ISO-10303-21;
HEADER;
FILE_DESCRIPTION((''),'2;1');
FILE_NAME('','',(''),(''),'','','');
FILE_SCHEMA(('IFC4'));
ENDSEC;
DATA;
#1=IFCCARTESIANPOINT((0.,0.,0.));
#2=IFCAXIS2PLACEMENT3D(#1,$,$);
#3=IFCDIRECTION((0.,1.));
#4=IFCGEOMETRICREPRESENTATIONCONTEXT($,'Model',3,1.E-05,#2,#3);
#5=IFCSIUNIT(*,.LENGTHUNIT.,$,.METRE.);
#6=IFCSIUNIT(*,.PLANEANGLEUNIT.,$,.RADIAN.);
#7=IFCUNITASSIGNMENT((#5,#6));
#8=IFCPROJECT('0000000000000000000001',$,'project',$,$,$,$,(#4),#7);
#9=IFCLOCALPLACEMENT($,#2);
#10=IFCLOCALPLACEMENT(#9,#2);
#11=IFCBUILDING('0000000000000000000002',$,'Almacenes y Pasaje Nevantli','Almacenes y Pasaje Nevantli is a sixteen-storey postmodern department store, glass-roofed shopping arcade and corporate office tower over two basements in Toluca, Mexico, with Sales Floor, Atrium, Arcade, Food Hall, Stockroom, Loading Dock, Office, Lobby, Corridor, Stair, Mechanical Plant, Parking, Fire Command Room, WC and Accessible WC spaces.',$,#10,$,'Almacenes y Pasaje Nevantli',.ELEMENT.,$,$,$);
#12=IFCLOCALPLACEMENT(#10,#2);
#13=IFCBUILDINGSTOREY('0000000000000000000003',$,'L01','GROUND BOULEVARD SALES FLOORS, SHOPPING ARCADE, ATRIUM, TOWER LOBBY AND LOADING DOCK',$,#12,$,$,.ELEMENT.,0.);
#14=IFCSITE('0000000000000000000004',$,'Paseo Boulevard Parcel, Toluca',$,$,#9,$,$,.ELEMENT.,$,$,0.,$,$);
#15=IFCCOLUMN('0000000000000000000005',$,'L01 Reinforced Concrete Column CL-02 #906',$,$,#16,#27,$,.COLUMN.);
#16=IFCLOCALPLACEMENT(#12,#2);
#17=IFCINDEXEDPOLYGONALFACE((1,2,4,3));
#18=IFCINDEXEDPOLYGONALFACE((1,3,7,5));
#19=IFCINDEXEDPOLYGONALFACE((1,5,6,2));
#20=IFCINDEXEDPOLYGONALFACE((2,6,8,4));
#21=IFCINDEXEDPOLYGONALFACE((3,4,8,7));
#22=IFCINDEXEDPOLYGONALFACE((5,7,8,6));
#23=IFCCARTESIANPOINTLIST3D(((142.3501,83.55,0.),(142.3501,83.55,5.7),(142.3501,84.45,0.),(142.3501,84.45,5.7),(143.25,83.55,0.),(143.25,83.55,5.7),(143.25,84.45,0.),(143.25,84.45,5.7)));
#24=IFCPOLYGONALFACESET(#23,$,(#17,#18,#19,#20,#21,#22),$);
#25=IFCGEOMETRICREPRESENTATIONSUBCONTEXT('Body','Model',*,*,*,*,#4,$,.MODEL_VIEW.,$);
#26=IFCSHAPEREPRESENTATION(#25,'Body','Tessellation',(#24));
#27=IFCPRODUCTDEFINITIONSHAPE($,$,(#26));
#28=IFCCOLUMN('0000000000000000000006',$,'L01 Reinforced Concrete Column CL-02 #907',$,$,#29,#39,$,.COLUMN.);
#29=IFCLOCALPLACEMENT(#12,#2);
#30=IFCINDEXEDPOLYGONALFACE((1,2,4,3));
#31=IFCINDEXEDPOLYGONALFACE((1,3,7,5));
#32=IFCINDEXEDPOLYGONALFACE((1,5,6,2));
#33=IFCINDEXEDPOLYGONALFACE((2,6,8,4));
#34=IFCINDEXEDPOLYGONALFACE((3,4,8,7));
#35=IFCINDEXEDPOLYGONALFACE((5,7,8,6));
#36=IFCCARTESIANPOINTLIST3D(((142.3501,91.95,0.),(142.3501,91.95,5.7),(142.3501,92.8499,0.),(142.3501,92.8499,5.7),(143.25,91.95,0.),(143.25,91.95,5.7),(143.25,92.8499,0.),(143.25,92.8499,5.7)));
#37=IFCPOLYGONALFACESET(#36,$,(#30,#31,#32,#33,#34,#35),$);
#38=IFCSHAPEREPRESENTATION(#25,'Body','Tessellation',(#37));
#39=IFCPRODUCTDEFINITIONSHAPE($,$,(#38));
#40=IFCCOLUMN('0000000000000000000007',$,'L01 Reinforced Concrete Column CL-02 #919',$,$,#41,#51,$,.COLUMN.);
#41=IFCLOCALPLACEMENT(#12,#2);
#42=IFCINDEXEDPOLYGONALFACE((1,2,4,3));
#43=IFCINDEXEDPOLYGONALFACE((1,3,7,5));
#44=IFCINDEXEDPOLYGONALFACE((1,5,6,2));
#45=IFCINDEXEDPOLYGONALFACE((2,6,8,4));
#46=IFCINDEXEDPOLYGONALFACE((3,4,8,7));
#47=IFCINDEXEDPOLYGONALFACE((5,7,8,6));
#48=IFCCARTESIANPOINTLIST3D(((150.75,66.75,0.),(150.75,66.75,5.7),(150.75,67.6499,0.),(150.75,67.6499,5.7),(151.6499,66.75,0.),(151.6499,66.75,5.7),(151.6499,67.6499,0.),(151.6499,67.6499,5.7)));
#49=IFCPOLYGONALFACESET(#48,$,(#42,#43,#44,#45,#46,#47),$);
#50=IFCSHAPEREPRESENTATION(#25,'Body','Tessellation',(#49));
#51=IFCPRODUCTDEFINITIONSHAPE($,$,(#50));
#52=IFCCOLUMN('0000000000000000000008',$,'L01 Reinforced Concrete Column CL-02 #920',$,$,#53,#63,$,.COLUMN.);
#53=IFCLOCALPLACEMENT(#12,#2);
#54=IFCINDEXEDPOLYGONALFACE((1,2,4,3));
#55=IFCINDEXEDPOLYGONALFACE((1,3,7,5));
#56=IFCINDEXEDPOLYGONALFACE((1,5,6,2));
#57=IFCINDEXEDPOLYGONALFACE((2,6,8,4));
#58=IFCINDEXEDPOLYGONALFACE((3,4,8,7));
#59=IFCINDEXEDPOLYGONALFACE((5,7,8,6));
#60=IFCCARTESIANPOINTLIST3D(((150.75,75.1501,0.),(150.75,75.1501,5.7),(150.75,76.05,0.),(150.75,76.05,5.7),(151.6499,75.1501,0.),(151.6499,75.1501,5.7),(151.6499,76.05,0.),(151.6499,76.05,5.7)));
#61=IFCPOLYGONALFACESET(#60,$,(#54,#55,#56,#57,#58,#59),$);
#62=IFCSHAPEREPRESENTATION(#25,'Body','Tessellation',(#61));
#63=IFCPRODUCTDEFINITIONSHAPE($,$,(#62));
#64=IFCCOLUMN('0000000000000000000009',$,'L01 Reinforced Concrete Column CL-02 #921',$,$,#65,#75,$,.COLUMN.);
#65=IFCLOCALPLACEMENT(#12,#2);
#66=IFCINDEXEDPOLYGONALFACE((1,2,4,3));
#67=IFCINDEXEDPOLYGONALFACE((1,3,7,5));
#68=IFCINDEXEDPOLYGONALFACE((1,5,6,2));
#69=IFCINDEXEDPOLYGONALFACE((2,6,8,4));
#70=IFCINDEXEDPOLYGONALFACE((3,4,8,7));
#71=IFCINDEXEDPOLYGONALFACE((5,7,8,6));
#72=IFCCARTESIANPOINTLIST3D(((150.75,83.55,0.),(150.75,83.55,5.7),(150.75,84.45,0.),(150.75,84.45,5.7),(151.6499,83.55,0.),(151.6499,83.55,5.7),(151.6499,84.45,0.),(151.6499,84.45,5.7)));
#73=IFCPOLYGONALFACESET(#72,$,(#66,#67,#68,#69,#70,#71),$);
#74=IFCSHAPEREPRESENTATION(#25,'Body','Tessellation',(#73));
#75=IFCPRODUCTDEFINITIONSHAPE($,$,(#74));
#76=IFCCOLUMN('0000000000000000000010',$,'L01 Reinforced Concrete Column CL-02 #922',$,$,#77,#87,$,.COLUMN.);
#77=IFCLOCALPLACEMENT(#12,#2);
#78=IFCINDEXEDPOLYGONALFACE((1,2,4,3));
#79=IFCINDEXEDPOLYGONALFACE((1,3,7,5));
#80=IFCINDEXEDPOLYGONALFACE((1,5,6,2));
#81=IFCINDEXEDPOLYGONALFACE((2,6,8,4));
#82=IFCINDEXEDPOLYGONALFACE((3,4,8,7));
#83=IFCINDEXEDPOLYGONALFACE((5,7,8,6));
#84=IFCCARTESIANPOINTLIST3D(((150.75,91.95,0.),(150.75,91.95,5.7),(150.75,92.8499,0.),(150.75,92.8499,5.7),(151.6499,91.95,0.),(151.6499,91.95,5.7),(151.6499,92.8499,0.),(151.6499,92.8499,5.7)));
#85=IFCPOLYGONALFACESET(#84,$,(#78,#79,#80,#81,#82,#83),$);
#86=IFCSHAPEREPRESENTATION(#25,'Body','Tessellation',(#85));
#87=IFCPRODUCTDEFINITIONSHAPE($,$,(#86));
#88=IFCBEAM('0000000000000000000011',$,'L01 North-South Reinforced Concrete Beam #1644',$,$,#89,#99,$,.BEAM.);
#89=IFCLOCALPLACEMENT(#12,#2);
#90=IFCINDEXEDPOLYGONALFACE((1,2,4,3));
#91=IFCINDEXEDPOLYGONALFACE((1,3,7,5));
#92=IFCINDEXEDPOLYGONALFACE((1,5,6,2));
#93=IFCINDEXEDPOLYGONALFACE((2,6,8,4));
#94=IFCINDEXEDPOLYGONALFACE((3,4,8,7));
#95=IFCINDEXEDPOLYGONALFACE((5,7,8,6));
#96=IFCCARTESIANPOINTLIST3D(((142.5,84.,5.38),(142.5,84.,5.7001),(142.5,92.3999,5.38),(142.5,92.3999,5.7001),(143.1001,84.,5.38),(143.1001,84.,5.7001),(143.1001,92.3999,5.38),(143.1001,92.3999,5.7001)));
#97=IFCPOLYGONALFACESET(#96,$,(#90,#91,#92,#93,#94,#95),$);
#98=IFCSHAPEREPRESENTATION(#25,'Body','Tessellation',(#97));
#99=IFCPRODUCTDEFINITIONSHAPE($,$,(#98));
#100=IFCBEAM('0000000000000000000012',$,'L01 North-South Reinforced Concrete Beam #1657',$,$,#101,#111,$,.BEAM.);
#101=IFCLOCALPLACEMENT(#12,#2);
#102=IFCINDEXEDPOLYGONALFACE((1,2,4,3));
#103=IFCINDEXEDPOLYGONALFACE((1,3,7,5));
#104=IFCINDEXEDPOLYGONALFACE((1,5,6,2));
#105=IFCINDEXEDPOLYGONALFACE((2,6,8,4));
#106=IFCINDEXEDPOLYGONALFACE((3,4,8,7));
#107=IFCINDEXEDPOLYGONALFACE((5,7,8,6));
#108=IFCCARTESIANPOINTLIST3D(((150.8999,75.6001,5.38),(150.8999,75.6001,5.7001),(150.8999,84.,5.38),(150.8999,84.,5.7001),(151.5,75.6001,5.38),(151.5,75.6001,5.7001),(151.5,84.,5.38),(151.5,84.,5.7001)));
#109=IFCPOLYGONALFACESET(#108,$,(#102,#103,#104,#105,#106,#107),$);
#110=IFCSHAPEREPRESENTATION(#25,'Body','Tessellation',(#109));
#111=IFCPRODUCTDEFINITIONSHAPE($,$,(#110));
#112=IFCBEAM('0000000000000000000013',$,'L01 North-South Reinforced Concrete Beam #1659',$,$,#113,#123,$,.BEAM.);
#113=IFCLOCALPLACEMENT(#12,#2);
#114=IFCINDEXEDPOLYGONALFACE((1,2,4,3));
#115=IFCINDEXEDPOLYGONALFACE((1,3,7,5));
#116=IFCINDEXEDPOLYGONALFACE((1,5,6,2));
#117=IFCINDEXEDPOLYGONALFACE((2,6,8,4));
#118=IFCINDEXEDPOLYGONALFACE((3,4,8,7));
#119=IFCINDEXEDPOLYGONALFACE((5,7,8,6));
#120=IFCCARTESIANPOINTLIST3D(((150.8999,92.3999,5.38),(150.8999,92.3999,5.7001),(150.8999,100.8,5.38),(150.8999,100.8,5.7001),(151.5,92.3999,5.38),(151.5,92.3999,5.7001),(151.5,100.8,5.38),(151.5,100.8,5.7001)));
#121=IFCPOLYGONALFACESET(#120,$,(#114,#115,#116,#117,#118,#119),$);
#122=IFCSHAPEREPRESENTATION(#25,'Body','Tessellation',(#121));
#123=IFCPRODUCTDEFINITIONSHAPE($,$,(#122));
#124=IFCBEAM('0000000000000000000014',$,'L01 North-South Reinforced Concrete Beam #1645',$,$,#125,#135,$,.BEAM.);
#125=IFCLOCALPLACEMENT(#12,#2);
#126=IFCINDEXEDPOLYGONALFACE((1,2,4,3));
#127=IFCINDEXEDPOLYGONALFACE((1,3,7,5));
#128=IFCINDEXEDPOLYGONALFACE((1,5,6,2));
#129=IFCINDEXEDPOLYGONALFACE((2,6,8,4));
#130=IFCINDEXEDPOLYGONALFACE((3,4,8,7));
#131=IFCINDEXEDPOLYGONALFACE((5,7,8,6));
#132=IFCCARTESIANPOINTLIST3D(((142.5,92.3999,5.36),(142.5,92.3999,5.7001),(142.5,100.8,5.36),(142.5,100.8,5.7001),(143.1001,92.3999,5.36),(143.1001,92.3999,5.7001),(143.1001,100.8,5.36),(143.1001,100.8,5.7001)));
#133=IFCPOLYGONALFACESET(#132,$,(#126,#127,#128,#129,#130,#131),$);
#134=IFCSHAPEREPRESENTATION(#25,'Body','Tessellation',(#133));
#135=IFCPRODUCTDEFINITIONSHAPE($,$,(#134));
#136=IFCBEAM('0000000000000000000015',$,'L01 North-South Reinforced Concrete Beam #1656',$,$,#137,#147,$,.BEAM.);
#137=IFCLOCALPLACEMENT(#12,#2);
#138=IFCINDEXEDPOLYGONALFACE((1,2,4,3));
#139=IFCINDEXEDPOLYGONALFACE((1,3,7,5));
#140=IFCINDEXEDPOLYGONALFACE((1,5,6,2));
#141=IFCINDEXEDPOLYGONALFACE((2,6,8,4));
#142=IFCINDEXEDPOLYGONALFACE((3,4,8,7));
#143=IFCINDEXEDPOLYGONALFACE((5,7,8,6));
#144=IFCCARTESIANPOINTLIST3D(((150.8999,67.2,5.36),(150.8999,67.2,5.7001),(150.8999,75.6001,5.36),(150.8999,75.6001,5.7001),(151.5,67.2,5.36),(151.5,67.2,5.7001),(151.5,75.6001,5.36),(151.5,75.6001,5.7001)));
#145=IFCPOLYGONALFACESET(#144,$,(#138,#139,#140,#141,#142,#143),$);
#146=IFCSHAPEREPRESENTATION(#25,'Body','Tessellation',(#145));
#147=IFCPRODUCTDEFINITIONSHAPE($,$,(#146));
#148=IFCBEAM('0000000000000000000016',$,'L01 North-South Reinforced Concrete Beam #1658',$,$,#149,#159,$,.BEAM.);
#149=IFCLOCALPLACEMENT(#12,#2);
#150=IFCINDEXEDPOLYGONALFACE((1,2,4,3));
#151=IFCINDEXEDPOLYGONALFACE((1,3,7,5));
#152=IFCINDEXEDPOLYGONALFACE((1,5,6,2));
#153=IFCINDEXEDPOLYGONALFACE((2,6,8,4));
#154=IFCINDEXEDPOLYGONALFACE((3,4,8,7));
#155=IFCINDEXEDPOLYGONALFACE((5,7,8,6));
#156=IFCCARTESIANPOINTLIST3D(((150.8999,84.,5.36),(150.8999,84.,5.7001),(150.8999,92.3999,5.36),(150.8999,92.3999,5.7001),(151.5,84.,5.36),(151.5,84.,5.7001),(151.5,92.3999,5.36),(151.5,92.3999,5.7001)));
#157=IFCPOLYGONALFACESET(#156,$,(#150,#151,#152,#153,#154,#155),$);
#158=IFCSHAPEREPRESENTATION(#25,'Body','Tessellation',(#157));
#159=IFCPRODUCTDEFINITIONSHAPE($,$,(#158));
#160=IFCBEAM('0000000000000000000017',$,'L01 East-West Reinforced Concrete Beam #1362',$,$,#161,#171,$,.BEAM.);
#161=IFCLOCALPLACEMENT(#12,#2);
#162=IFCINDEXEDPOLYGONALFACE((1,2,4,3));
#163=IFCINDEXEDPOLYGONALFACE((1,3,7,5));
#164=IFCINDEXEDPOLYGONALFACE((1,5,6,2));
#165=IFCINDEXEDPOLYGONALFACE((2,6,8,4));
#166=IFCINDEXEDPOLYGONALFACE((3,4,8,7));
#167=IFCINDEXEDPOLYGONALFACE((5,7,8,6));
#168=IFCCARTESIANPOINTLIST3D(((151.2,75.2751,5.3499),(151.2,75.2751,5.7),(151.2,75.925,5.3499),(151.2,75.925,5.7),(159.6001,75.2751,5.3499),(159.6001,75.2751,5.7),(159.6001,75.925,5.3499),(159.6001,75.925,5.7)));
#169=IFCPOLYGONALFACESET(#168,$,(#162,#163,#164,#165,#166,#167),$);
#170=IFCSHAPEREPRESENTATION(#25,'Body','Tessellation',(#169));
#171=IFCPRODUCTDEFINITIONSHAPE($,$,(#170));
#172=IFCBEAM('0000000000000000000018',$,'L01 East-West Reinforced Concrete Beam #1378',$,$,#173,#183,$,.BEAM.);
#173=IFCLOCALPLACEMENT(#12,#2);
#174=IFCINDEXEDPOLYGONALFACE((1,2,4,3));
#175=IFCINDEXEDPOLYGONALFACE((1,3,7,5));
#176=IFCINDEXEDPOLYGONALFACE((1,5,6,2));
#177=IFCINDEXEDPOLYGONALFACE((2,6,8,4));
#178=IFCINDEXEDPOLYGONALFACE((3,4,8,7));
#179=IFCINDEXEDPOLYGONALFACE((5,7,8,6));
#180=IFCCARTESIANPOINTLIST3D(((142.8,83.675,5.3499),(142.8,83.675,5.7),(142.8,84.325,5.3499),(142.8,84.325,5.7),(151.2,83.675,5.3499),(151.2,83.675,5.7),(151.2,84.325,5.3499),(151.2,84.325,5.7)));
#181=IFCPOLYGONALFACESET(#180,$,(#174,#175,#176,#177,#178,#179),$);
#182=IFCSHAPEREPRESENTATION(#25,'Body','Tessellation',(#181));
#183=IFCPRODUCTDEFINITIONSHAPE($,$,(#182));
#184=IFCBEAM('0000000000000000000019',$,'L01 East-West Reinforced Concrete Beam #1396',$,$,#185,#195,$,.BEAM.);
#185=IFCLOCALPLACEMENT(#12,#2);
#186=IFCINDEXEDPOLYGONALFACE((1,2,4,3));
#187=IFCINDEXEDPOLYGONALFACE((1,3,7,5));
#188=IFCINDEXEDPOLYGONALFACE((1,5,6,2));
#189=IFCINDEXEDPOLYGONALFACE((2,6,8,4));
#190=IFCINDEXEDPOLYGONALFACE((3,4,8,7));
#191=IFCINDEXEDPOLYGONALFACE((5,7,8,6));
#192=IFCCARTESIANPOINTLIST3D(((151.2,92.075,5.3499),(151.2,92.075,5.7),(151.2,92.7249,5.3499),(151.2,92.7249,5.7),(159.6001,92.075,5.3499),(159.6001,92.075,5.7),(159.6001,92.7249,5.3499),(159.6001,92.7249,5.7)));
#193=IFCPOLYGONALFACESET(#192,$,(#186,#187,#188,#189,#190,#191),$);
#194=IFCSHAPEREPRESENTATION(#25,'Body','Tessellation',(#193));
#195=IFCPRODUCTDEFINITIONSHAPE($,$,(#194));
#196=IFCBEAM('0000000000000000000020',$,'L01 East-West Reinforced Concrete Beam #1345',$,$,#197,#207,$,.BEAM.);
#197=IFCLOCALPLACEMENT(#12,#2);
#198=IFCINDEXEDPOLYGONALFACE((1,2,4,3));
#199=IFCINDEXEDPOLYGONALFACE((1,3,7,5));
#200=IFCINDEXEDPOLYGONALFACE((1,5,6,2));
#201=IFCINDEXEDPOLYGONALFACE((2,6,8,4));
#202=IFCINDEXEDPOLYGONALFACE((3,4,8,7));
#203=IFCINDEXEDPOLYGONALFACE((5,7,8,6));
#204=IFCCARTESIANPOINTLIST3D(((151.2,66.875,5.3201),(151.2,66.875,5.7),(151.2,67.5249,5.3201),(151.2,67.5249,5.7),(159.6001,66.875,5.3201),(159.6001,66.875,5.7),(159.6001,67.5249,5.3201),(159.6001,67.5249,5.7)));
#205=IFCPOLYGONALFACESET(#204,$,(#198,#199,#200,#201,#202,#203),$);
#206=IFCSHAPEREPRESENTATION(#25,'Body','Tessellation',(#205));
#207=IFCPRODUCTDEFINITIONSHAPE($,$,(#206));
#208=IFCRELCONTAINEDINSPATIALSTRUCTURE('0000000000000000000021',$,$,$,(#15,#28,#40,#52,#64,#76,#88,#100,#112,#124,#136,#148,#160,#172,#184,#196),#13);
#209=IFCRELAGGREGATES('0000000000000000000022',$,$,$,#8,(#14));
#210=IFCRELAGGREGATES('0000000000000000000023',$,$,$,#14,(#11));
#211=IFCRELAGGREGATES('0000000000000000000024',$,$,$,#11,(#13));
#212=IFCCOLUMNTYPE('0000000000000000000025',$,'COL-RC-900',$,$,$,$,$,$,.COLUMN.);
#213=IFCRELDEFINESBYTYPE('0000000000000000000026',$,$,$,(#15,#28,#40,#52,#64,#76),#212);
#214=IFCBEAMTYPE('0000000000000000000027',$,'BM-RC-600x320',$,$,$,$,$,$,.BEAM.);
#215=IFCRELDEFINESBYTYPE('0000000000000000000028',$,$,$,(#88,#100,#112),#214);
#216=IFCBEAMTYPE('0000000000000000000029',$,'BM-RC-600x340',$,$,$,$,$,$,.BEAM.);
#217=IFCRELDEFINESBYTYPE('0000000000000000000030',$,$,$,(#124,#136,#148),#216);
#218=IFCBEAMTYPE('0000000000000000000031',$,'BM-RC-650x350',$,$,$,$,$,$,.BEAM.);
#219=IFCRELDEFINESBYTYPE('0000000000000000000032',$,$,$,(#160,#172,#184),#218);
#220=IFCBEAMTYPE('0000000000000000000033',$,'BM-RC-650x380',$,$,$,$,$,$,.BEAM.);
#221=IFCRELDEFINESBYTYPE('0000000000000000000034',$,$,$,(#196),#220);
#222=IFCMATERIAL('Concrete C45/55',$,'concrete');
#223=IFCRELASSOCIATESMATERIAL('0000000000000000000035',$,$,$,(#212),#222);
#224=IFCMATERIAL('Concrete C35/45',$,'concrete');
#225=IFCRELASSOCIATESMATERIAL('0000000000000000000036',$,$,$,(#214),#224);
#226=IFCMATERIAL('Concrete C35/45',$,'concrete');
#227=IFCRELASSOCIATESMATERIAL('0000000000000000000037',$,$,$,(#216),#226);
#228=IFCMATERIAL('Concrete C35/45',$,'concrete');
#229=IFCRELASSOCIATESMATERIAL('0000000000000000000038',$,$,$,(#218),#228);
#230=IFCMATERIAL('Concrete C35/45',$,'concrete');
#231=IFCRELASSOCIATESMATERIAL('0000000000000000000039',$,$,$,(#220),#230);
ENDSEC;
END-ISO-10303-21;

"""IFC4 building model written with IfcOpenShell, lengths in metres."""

from ifc_helpers import new_model, si_unit, direction, frame, origin, origin_2d, place, context, subcontext, project, spatial, rectangle, extrude, material, material_profile, profile_set, type_object, element, save


model = new_model("IFC4")

# Units and contexts
model_context = context("Model", 3, precision=1e-05, world=origin(), true_north=direction((0.0, 1.0)))
body_context = subcontext(model_context, "Body", "Model", "MODEL_VIEW")
ifc_project = project(units=[si_unit("LENGTHUNIT", "METRE"), si_unit("PLANEANGLEUNIT", "RADIAN")], contexts=[model_context])

# Site, building, storey
site_placement = place(None, origin())
site = spatial("IfcSite", under=ifc_project, at=site_placement, Name="Paseo Boulevard Parcel, Toluca", CompositionType="ELEMENT", RefElevation=0.0)
building_placement = place(site_placement, origin())
building = spatial("IfcBuilding", under=site, at=building_placement, Name="Almacenes y Pasaje Nevantli", Description="Almacenes y Pasaje Nevantli is a sixteen-storey postmodern department store, glass-roofed shopping arcade and corporate office tower over two basements in Toluca, Mexico, with Sales Floor, Atrium, Arcade, Food Hall, Stockroom, Loading Dock, Office, Lobby, Corridor, Stair, Mechanical Plant, Parking, Fire Command Room, WC and Accessible WC spaces.", LongName="Almacenes y Pasaje Nevantli", CompositionType="ELEMENT")
storey_placement = place(building_placement, origin())
storey = spatial("IfcBuildingStorey", under=building, at=storey_placement, Name="L01", Description="GROUND BOULEVARD SALES FLOORS, SHOPPING ARCADE, ATRIUM, TOWER LOBBY AND LOADING DOCK", CompositionType="ELEMENT", Elevation=0.0)

# Columns
ifc_material_1 = material(Name="Concrete C45/55", Category="concrete")
ifc_material_profile_1 = material_profile(ifc_material_1, rectangle(XDim=0.8999, YDim=0.8999, at=origin_2d()), Name="RC-COL-900x900")
ifc_profile_set_1 = profile_set([ifc_material_profile_1], Name="Concrete C45/55")
column_type = type_object("IfcColumnType", Name="COL-RC-900", PredefinedType="COLUMN", material=ifc_profile_set_1)
for number, where, z_axis, x_axis, name in (
    (1, (142.8, 84.0, 0.0), (0.0, 0.0, 1.0), (1.0, 0.0, 0.0), "L01 Reinforced Concrete Column CL-02 #906"),
    (2, (142.8, 92.3999, 0.0), (0.0, 0.0, 1.0), (1.0, 0.0, 0.0), "L01 Reinforced Concrete Column CL-02 #907"),
    (3, (151.2, 67.2, 0.0), (0.0, 0.0, 1.0), (1.0, 0.0, 0.0), "L01 Reinforced Concrete Column CL-02 #919"),
    (4, (151.2, 75.6001, 0.0), (0.0, 0.0, 1.0), (1.0, 0.0, 0.0), "L01 Reinforced Concrete Column CL-02 #920"),
    (5, (151.2, 84.0, 0.0), (0.0, 0.0, 1.0), (1.0, 0.0, 0.0), "L01 Reinforced Concrete Column CL-02 #921"),
    (6, (151.2, 92.3999, 0.0), (0.0, 0.0, 1.0), (1.0, 0.0, 0.0), "L01 Reinforced Concrete Column CL-02 #922"),
):
    element("IfcColumn", number, at=place(storey_placement, frame(where, z_axis=z_axis, x_axis=x_axis)), inside=storey, type_object=column_type, Name=name, PredefinedType="COLUMN", context=body_context, shape_type="SweptSolid", body=[
        extrude(rectangle(XDim=0.8999, YDim=0.8999, at=origin_2d()), origin(), (0.0, 0.0, 1.0), 5.7),
    ])

# Beams
ifc_material_2 = material(Name="Concrete C35/45", Category="concrete")
ifc_material_profile_2 = material_profile(ifc_material_2, rectangle(XDim=0.6001, YDim=0.3201, at=origin_2d()), Name="RC-BM-600x320")
ifc_profile_set_2 = profile_set([ifc_material_profile_2], Name="Concrete C35/45")
beam_type_1 = type_object("IfcBeamType", Name="BM-RC-600x320", PredefinedType="BEAM", material=ifc_profile_set_2)
for number, where, z_axis, x_axis, name in (
    (7, (142.8, 84.0, 5.54), (0.0, 1.0, 0.0), (-1.0, 0.0, 0.0), "L01 North-South Reinforced Concrete Beam #1644"),
    (8, (151.2, 75.6001, 5.54), (0.0, 1.0, 0.0), (-1.0, 0.0, 0.0), "L01 North-South Reinforced Concrete Beam #1657"),
):
    element("IfcBeam", number, at=place(storey_placement, frame(where, z_axis=z_axis, x_axis=x_axis)), inside=storey, type_object=beam_type_1, Name=name, PredefinedType="BEAM", context=body_context, shape_type="SweptSolid", body=[
        extrude(rectangle(XDim=0.6001, YDim=0.3201, at=origin_2d()), origin(), (0.0, 0.0, 1.0), 8.3999),
    ])
beam_1_placement = place(storey_placement, frame((151.2, 92.3999, 5.54), z_axis=(0.0, 1.0, 0.0), x_axis=(-1.0, 0.0, 0.0)))
element("IfcBeam", 9, at=beam_1_placement, inside=storey, type_object=beam_type_1, Name="L01 North-South Reinforced Concrete Beam #1659", PredefinedType="BEAM", context=body_context, shape_type="SweptSolid", body=[
    extrude(rectangle(XDim=0.6001, YDim=0.3201, at=origin_2d()), origin(), (0.0, 0.0, 1.0), 8.4001),
])
ifc_material_3 = material(Name="Concrete C35/45", Category="concrete")
ifc_material_profile_3 = material_profile(ifc_material_3, rectangle(XDim=0.6001, YDim=0.3401, at=origin_2d()), Name="RC-BM-600x340")
ifc_profile_set_3 = profile_set([ifc_material_profile_3], Name="Concrete C35/45")
beam_type_2 = type_object("IfcBeamType", Name="BM-RC-600x340", PredefinedType="BEAM", material=ifc_profile_set_3)
for number, where, z_axis, x_axis, name in (
    (10, (142.8, 92.3999, 5.53), (0.0, 1.0, 0.0), (-1.0, 0.0, 0.0), "L01 North-South Reinforced Concrete Beam #1645"),
    (11, (151.2, 67.2, 5.53), (0.0, 1.0, 0.0), (-1.0, 0.0, 0.0), "L01 North-South Reinforced Concrete Beam #1656"),
):
    element("IfcBeam", number, at=place(storey_placement, frame(where, z_axis=z_axis, x_axis=x_axis)), inside=storey, type_object=beam_type_2, Name=name, PredefinedType="BEAM", context=body_context, shape_type="SweptSolid", body=[
        extrude(rectangle(XDim=0.6001, YDim=0.3401, at=origin_2d()), origin(), (0.0, 0.0, 1.0), 8.4001),
    ])
beam_2_placement = place(storey_placement, frame((151.2, 84.0, 5.53), z_axis=(0.0, 1.0, 0.0), x_axis=(-1.0, 0.0, 0.0)))
element("IfcBeam", 12, at=beam_2_placement, inside=storey, type_object=beam_type_2, Name="L01 North-South Reinforced Concrete Beam #1658", PredefinedType="BEAM", context=body_context, shape_type="SweptSolid", body=[
    extrude(rectangle(XDim=0.6001, YDim=0.3401, at=origin_2d()), origin(), (0.0, 0.0, 1.0), 8.3999),
])
ifc_material_4 = material(Name="Concrete C35/45", Category="concrete")
ifc_material_profile_4 = material_profile(ifc_material_4, rectangle(XDim=0.6499, YDim=0.3501, at=origin_2d()), Name="RC-BM-650x350")
ifc_profile_set_4 = profile_set([ifc_material_profile_4], Name="Concrete C35/45")
beam_type_3 = type_object("IfcBeamType", Name="BM-RC-650x350", PredefinedType="BEAM", material=ifc_profile_set_4)
beam_3_placement = place(storey_placement, frame((151.2, 75.6001, 5.5249), z_axis=(1.0, 0.0, 0.0), x_axis=(0.0, 1.0, 0.0)))
element("IfcBeam", 13, at=beam_3_placement, inside=storey, type_object=beam_type_3, Name="L01 East-West Reinforced Concrete Beam #1362", PredefinedType="BEAM", context=body_context, shape_type="SweptSolid", body=[
    extrude(rectangle(XDim=0.6499, YDim=0.3501, at=origin_2d()), origin(), (0.0, 0.0, 1.0), 8.4001),
])
beam_4_placement = place(storey_placement, frame((142.8, 84.0, 5.5249), z_axis=(1.0, 0.0, 0.0), x_axis=(0.0, 1.0, 0.0)))
element("IfcBeam", 14, at=beam_4_placement, inside=storey, type_object=beam_type_3, Name="L01 East-West Reinforced Concrete Beam #1378", PredefinedType="BEAM", context=body_context, shape_type="SweptSolid", body=[
    extrude(rectangle(XDim=0.6499, YDim=0.3501, at=origin_2d()), origin(), (0.0, 0.0, 1.0), 8.3999),
])
beam_5_placement = place(storey_placement, frame((151.2, 92.3999, 5.5249), z_axis=(1.0, 0.0, 0.0), x_axis=(0.0, 1.0, 0.0)))
element("IfcBeam", 15, at=beam_5_placement, inside=storey, type_object=beam_type_3, Name="L01 East-West Reinforced Concrete Beam #1396", PredefinedType="BEAM", context=body_context, shape_type="SweptSolid", body=[
    extrude(rectangle(XDim=0.6499, YDim=0.3501, at=origin_2d()), origin(), (0.0, 0.0, 1.0), 8.4001),
])
ifc_material_5 = material(Name="Concrete C35/45", Category="concrete")
ifc_material_profile_5 = material_profile(ifc_material_5, rectangle(XDim=0.6499, YDim=0.3799, at=origin_2d()), Name="RC-BM-650x380")
ifc_profile_set_5 = profile_set([ifc_material_profile_5], Name="Concrete C35/45")
beam_type_4 = type_object("IfcBeamType", Name="BM-RC-650x380", PredefinedType="BEAM", material=ifc_profile_set_5)
for number, where, z_axis, x_axis, name in (
    (16, (151.2, 67.2, 5.51), (1.0, 0.0, 0.0), (0.0, 1.0, 0.0), "L01 East-West Reinforced Concrete Beam #1345"),
):
    element("IfcBeam", number, at=place(storey_placement, frame(where, z_axis=z_axis, x_axis=x_axis)), inside=storey, type_object=beam_type_4, Name=name, PredefinedType="BEAM", context=body_context, shape_type="SweptSolid", body=[
        extrude(rectangle(XDim=0.6499, YDim=0.3799, at=origin_2d()), origin(), (0.0, 0.0, 1.0), 8.4001),
    ])

save(model, "model.ifc")
